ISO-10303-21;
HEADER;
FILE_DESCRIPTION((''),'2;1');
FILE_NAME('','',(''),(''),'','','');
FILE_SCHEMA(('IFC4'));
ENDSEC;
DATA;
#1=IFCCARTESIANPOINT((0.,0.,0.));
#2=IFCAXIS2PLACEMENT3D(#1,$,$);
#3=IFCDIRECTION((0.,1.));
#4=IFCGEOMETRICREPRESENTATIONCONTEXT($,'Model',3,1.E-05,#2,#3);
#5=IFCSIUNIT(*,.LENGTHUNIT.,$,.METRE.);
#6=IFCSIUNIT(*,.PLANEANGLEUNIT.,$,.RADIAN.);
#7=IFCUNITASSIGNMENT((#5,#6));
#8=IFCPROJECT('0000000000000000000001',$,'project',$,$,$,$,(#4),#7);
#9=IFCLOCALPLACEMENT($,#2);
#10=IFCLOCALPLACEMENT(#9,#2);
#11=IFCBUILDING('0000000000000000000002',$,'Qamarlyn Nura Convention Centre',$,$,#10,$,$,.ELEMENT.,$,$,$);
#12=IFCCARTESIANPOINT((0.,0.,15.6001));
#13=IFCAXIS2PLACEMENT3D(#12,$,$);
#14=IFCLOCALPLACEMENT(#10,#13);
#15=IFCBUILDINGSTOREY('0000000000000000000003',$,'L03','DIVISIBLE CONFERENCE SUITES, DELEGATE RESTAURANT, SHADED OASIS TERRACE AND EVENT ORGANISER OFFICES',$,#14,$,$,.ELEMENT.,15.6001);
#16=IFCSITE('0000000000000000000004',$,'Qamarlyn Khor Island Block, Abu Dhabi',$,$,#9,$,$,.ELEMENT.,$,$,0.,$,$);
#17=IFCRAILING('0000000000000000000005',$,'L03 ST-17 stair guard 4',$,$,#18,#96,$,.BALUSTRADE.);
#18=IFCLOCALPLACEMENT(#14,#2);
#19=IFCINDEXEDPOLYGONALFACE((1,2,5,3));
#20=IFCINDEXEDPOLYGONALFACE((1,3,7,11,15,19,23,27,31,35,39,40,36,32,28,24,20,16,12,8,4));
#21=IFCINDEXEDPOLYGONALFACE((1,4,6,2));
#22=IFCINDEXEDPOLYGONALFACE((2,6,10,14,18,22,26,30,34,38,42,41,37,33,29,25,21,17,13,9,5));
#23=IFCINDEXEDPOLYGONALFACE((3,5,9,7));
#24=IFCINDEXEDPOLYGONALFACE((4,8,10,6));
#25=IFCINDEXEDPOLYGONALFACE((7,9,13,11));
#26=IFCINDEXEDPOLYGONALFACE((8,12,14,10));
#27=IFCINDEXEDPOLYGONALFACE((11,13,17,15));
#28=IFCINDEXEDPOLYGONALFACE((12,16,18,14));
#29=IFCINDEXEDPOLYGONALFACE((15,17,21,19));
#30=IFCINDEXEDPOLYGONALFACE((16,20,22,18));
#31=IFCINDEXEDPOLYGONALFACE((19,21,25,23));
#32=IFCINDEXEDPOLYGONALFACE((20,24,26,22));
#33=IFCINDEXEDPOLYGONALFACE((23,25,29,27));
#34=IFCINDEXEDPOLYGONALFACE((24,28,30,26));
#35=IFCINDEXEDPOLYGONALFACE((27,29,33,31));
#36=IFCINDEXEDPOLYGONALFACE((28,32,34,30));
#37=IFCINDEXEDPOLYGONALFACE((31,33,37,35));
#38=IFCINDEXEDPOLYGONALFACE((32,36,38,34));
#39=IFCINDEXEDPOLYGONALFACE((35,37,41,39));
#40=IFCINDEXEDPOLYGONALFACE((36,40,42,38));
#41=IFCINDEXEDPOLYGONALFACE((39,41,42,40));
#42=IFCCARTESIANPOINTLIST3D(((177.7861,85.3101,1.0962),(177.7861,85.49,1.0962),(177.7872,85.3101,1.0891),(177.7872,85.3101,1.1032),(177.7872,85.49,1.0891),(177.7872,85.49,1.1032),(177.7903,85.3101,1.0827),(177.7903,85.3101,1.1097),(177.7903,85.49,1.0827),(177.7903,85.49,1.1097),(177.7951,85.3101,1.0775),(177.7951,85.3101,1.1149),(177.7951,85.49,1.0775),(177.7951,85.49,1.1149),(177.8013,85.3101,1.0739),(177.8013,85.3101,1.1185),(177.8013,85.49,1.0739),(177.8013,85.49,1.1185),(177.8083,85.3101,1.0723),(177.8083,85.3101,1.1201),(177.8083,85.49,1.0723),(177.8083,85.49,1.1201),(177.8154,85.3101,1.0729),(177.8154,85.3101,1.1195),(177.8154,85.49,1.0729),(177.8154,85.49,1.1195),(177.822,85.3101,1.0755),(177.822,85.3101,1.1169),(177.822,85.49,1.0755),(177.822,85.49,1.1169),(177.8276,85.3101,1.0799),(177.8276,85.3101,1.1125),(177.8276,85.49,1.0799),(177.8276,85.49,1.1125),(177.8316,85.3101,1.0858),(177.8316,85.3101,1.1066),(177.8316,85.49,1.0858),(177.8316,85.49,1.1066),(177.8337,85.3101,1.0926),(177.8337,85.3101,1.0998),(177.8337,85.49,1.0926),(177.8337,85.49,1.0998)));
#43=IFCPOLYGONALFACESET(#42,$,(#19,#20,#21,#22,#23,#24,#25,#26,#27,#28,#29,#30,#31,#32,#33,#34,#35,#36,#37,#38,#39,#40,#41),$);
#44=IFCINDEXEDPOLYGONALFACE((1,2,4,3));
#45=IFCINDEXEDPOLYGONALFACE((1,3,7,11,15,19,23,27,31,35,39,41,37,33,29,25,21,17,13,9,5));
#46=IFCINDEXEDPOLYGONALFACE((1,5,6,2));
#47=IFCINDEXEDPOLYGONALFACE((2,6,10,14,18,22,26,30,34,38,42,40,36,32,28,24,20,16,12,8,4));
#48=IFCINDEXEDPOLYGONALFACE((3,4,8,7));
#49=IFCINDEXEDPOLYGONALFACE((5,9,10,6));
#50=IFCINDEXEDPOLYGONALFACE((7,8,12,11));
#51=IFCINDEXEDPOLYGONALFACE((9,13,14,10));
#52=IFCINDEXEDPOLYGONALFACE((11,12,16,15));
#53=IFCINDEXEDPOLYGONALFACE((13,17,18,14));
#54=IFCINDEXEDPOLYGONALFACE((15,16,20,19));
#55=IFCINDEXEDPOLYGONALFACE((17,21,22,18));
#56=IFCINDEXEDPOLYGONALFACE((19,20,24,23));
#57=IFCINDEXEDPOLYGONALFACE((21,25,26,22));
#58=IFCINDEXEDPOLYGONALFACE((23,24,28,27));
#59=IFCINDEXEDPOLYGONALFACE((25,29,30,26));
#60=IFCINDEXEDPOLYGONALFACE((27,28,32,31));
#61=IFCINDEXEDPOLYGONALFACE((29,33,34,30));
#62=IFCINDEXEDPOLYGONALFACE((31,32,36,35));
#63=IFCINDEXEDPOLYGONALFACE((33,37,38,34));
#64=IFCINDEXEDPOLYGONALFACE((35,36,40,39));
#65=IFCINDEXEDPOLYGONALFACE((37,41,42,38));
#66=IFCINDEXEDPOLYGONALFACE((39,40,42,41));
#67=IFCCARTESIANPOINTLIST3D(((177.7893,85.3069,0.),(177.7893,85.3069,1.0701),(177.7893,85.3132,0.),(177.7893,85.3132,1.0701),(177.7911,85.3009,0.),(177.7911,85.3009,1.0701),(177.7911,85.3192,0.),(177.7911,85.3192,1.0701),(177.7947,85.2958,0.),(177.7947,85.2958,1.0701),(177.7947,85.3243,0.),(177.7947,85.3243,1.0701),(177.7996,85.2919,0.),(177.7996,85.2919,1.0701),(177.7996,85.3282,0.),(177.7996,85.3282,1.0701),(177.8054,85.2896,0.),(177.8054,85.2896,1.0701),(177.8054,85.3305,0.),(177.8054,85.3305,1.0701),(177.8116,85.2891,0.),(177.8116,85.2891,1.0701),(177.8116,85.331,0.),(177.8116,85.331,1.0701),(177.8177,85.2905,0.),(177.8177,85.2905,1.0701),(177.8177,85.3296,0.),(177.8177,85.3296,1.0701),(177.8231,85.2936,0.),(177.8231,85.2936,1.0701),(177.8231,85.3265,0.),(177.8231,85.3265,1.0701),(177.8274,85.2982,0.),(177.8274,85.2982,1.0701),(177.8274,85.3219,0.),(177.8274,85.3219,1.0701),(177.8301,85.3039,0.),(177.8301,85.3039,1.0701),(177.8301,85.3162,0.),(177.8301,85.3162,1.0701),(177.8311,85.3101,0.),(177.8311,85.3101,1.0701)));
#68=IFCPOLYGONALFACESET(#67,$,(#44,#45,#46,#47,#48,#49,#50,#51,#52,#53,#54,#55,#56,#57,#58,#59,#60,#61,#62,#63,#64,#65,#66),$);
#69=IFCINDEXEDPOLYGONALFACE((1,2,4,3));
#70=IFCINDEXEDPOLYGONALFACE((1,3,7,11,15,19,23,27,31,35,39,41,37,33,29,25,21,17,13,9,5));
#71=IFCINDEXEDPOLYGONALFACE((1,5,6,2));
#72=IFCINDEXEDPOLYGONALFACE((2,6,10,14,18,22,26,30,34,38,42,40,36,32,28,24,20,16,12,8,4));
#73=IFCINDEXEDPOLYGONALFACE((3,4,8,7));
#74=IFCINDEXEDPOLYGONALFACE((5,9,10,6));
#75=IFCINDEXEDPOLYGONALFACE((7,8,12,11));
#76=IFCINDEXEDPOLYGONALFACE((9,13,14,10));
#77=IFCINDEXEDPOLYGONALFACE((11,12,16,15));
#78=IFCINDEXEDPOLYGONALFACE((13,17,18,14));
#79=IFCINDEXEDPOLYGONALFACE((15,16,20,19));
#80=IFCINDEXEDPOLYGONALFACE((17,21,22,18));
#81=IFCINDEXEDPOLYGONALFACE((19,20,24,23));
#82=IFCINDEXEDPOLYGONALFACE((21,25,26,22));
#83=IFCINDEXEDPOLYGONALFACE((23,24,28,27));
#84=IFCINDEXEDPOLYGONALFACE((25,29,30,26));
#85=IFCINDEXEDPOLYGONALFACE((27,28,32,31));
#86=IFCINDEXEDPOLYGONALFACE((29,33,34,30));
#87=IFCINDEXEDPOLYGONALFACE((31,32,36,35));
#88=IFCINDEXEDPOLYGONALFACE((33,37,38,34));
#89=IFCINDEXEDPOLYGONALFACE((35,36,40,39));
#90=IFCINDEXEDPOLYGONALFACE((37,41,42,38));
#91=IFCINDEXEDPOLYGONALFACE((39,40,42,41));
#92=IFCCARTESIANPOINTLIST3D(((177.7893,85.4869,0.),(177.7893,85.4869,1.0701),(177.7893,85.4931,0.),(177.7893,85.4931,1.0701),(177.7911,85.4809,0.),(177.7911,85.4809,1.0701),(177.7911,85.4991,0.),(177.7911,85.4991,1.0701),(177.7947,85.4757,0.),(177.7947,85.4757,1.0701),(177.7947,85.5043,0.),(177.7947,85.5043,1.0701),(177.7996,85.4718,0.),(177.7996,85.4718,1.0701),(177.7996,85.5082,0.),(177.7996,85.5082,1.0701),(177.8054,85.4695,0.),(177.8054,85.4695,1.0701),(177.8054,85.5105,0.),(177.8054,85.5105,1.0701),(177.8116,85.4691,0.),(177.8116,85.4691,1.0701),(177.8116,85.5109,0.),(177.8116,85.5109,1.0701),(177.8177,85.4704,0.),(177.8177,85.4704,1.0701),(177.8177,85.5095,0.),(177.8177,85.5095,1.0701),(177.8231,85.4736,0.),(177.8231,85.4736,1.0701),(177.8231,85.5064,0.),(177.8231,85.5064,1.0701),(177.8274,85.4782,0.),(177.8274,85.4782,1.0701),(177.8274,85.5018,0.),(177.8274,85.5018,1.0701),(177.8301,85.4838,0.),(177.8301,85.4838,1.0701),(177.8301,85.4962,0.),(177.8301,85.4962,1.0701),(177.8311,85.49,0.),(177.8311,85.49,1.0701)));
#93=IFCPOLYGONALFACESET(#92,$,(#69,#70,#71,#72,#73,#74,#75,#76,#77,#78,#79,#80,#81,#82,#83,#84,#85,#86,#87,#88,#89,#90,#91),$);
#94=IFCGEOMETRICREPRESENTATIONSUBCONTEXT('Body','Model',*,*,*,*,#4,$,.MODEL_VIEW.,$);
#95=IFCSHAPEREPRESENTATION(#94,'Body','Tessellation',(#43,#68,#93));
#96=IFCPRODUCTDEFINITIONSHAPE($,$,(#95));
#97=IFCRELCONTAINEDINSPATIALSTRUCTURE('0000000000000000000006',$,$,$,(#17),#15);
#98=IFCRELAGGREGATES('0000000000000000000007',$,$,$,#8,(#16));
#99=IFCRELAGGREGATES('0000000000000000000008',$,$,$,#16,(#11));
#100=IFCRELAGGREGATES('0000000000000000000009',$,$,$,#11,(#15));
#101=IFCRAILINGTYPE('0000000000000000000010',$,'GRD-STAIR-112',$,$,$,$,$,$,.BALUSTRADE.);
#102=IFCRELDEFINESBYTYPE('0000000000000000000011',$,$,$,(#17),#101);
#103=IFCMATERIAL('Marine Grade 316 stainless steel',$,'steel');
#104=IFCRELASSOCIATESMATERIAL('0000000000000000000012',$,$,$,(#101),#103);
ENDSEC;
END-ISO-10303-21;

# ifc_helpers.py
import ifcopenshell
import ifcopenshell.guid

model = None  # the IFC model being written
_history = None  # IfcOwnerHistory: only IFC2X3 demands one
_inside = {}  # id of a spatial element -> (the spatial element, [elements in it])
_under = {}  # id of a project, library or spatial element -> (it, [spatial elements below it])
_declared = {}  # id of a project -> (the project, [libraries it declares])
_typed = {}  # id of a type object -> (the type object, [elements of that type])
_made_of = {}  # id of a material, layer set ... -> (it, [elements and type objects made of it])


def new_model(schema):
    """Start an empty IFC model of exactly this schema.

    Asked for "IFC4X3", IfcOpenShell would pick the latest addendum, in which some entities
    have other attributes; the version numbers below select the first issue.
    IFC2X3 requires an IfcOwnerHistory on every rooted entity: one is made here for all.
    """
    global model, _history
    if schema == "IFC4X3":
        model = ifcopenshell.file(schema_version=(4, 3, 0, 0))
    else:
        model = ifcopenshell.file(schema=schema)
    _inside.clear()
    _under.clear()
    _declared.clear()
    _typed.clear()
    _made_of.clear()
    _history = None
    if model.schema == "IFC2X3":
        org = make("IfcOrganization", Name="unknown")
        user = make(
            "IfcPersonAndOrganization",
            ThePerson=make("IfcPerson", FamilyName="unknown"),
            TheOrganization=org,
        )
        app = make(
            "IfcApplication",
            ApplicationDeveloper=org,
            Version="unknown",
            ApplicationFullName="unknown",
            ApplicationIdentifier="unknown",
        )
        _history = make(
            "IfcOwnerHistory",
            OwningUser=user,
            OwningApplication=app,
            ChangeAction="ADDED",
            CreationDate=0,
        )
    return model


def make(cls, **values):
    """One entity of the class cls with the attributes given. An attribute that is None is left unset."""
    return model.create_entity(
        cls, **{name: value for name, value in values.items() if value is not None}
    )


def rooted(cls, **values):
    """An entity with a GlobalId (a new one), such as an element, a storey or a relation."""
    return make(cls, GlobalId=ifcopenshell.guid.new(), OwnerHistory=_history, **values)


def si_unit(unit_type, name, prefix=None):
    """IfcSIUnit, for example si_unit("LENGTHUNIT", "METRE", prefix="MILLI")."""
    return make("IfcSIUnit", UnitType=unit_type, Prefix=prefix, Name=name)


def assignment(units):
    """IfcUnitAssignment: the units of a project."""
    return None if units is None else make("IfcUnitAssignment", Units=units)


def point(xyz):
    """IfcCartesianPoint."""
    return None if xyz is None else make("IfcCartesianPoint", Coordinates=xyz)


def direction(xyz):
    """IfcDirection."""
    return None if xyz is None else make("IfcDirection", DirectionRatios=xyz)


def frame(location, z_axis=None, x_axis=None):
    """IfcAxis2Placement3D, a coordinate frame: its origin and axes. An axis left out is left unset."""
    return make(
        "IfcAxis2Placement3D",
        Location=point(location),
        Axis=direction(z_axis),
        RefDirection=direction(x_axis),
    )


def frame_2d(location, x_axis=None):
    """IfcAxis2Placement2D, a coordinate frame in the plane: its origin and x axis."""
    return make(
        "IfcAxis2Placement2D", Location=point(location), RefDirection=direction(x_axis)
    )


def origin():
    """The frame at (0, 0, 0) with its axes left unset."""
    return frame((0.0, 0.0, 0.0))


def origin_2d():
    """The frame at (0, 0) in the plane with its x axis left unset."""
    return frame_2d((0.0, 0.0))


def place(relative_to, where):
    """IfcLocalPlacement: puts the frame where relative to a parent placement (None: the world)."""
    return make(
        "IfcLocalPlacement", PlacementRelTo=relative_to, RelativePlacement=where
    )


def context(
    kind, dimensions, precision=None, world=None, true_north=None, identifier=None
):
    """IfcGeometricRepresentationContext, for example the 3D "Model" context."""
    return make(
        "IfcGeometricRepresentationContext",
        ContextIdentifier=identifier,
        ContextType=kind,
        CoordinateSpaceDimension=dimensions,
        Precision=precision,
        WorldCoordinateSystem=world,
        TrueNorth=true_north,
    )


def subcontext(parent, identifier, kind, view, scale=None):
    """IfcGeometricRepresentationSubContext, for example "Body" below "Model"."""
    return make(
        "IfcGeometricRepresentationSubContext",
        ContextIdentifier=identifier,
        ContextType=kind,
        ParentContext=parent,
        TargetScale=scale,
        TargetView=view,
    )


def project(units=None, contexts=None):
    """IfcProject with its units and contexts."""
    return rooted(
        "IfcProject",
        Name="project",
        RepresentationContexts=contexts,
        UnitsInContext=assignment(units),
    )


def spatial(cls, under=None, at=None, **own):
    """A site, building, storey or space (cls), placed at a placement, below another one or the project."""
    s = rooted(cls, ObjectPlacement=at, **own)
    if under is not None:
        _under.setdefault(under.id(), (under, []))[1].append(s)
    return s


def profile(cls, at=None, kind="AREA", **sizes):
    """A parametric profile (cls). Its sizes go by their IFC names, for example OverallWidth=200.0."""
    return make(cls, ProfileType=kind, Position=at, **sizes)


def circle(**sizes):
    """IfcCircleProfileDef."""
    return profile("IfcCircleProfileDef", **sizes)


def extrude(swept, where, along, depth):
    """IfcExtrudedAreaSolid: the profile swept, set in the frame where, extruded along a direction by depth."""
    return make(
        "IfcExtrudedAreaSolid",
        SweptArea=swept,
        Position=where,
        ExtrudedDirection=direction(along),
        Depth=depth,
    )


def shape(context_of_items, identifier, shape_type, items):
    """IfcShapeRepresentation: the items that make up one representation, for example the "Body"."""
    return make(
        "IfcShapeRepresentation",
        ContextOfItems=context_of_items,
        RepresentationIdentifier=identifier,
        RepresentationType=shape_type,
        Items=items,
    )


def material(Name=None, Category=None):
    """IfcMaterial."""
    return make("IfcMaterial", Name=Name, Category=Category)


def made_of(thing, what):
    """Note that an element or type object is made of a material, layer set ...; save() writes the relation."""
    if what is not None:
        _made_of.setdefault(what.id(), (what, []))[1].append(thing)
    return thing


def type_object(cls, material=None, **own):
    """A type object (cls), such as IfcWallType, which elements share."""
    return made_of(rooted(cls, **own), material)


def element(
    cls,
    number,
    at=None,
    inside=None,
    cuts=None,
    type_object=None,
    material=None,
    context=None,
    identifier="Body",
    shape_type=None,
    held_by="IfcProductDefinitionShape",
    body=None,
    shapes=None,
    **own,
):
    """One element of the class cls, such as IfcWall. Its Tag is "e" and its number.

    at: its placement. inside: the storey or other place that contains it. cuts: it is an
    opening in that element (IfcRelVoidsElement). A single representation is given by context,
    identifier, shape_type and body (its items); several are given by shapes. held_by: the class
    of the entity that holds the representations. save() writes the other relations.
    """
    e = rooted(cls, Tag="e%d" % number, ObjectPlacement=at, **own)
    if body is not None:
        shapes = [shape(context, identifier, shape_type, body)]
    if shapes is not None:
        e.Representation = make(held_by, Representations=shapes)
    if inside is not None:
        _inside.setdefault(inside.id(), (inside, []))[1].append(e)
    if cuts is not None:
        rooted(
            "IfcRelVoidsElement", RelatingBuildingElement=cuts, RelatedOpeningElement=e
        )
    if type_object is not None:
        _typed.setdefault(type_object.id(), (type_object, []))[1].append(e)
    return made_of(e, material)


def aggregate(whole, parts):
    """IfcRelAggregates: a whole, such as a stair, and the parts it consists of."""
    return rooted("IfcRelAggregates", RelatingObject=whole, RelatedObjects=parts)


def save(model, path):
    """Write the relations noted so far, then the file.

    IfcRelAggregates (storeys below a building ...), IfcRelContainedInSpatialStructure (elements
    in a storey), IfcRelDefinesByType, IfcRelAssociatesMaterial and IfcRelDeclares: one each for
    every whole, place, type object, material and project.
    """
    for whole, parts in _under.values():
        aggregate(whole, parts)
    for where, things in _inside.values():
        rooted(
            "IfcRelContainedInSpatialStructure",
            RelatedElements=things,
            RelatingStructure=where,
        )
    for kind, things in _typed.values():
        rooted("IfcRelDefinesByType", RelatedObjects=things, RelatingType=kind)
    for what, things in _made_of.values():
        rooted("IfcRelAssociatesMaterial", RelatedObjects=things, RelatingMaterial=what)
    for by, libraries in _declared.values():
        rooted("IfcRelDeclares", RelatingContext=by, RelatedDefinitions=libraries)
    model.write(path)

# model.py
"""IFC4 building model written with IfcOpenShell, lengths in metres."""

from ifc_helpers import new_model, si_unit, direction, frame, origin, origin_2d, place, context, subcontext, project, spatial, circle, extrude, material, type_object, element, save


model = new_model("IFC4")

# Units and contexts
model_context = context("Model", 3, precision=1e-05, world=origin(), true_north=direction((0.0, 1.0)))
body_context = subcontext(model_context, "Body", "Model", "MODEL_VIEW")
ifc_project = project(units=[si_unit("LENGTHUNIT", "METRE"), si_unit("PLANEANGLEUNIT", "RADIAN")], contexts=[model_context])

# Site, building, storey
site_placement = place(None, origin())
site = spatial("IfcSite", under=ifc_project, at=site_placement, Name="Qamarlyn Khor Island Block, Abu Dhabi", CompositionType="ELEMENT", RefElevation=0.0)
building_placement = place(site_placement, origin())
building = spatial("IfcBuilding", under=site, at=building_placement, Name="Qamarlyn Nura Convention Centre", CompositionType="ELEMENT")
storey_placement = place(building_placement, frame((0.0, 0.0, 15.6001)))
storey = spatial("IfcBuildingStorey", under=building, at=storey_placement, Name="L03", Description="DIVISIBLE CONFERENCE SUITES, DELEGATE RESTAURANT, SHADED OASIS TERRACE AND EVENT ORGANISER OFFICES", CompositionType="ELEMENT", Elevation=15.6001)

# Railing
ifc_material_1 = material(Name="Marine Grade 316 stainless steel", Category="steel")
railing_type_1 = type_object("IfcRailingType", Name="GRD-STAIR-112", PredefinedType="BALUSTRADE", material=ifc_material_1)
railing_1_placement = place(storey_placement, frame((177.8101, 85.3101, 0.0)))
element("IfcRailing", 1, at=railing_1_placement, inside=storey, type_object=railing_type_1, Name="L03 ST-17 stair guard 4", PredefinedType="BALUSTRADE", context=body_context, shape_type="SweptSolid", body=[
    extrude(circle(Radius=0.0239, at=origin_2d()), frame((0.0, 0.0, 1.0962), z_axis=(0.0, 1.0, 0.0), x_axis=(-1.0, 0.0, 0.0)), (0.0, 0.0, 1.0), 0.1799),
    extrude(circle(Radius=0.021, at=origin_2d()), origin(), (0.0, 0.0, 1.0), 1.0701),
    extrude(circle(Radius=0.021, at=origin_2d()), frame((0.0, 0.1799, 0.0)), (0.0, 0.0, 1.0), 1.0701),
])

save(model, "model.ifc")
